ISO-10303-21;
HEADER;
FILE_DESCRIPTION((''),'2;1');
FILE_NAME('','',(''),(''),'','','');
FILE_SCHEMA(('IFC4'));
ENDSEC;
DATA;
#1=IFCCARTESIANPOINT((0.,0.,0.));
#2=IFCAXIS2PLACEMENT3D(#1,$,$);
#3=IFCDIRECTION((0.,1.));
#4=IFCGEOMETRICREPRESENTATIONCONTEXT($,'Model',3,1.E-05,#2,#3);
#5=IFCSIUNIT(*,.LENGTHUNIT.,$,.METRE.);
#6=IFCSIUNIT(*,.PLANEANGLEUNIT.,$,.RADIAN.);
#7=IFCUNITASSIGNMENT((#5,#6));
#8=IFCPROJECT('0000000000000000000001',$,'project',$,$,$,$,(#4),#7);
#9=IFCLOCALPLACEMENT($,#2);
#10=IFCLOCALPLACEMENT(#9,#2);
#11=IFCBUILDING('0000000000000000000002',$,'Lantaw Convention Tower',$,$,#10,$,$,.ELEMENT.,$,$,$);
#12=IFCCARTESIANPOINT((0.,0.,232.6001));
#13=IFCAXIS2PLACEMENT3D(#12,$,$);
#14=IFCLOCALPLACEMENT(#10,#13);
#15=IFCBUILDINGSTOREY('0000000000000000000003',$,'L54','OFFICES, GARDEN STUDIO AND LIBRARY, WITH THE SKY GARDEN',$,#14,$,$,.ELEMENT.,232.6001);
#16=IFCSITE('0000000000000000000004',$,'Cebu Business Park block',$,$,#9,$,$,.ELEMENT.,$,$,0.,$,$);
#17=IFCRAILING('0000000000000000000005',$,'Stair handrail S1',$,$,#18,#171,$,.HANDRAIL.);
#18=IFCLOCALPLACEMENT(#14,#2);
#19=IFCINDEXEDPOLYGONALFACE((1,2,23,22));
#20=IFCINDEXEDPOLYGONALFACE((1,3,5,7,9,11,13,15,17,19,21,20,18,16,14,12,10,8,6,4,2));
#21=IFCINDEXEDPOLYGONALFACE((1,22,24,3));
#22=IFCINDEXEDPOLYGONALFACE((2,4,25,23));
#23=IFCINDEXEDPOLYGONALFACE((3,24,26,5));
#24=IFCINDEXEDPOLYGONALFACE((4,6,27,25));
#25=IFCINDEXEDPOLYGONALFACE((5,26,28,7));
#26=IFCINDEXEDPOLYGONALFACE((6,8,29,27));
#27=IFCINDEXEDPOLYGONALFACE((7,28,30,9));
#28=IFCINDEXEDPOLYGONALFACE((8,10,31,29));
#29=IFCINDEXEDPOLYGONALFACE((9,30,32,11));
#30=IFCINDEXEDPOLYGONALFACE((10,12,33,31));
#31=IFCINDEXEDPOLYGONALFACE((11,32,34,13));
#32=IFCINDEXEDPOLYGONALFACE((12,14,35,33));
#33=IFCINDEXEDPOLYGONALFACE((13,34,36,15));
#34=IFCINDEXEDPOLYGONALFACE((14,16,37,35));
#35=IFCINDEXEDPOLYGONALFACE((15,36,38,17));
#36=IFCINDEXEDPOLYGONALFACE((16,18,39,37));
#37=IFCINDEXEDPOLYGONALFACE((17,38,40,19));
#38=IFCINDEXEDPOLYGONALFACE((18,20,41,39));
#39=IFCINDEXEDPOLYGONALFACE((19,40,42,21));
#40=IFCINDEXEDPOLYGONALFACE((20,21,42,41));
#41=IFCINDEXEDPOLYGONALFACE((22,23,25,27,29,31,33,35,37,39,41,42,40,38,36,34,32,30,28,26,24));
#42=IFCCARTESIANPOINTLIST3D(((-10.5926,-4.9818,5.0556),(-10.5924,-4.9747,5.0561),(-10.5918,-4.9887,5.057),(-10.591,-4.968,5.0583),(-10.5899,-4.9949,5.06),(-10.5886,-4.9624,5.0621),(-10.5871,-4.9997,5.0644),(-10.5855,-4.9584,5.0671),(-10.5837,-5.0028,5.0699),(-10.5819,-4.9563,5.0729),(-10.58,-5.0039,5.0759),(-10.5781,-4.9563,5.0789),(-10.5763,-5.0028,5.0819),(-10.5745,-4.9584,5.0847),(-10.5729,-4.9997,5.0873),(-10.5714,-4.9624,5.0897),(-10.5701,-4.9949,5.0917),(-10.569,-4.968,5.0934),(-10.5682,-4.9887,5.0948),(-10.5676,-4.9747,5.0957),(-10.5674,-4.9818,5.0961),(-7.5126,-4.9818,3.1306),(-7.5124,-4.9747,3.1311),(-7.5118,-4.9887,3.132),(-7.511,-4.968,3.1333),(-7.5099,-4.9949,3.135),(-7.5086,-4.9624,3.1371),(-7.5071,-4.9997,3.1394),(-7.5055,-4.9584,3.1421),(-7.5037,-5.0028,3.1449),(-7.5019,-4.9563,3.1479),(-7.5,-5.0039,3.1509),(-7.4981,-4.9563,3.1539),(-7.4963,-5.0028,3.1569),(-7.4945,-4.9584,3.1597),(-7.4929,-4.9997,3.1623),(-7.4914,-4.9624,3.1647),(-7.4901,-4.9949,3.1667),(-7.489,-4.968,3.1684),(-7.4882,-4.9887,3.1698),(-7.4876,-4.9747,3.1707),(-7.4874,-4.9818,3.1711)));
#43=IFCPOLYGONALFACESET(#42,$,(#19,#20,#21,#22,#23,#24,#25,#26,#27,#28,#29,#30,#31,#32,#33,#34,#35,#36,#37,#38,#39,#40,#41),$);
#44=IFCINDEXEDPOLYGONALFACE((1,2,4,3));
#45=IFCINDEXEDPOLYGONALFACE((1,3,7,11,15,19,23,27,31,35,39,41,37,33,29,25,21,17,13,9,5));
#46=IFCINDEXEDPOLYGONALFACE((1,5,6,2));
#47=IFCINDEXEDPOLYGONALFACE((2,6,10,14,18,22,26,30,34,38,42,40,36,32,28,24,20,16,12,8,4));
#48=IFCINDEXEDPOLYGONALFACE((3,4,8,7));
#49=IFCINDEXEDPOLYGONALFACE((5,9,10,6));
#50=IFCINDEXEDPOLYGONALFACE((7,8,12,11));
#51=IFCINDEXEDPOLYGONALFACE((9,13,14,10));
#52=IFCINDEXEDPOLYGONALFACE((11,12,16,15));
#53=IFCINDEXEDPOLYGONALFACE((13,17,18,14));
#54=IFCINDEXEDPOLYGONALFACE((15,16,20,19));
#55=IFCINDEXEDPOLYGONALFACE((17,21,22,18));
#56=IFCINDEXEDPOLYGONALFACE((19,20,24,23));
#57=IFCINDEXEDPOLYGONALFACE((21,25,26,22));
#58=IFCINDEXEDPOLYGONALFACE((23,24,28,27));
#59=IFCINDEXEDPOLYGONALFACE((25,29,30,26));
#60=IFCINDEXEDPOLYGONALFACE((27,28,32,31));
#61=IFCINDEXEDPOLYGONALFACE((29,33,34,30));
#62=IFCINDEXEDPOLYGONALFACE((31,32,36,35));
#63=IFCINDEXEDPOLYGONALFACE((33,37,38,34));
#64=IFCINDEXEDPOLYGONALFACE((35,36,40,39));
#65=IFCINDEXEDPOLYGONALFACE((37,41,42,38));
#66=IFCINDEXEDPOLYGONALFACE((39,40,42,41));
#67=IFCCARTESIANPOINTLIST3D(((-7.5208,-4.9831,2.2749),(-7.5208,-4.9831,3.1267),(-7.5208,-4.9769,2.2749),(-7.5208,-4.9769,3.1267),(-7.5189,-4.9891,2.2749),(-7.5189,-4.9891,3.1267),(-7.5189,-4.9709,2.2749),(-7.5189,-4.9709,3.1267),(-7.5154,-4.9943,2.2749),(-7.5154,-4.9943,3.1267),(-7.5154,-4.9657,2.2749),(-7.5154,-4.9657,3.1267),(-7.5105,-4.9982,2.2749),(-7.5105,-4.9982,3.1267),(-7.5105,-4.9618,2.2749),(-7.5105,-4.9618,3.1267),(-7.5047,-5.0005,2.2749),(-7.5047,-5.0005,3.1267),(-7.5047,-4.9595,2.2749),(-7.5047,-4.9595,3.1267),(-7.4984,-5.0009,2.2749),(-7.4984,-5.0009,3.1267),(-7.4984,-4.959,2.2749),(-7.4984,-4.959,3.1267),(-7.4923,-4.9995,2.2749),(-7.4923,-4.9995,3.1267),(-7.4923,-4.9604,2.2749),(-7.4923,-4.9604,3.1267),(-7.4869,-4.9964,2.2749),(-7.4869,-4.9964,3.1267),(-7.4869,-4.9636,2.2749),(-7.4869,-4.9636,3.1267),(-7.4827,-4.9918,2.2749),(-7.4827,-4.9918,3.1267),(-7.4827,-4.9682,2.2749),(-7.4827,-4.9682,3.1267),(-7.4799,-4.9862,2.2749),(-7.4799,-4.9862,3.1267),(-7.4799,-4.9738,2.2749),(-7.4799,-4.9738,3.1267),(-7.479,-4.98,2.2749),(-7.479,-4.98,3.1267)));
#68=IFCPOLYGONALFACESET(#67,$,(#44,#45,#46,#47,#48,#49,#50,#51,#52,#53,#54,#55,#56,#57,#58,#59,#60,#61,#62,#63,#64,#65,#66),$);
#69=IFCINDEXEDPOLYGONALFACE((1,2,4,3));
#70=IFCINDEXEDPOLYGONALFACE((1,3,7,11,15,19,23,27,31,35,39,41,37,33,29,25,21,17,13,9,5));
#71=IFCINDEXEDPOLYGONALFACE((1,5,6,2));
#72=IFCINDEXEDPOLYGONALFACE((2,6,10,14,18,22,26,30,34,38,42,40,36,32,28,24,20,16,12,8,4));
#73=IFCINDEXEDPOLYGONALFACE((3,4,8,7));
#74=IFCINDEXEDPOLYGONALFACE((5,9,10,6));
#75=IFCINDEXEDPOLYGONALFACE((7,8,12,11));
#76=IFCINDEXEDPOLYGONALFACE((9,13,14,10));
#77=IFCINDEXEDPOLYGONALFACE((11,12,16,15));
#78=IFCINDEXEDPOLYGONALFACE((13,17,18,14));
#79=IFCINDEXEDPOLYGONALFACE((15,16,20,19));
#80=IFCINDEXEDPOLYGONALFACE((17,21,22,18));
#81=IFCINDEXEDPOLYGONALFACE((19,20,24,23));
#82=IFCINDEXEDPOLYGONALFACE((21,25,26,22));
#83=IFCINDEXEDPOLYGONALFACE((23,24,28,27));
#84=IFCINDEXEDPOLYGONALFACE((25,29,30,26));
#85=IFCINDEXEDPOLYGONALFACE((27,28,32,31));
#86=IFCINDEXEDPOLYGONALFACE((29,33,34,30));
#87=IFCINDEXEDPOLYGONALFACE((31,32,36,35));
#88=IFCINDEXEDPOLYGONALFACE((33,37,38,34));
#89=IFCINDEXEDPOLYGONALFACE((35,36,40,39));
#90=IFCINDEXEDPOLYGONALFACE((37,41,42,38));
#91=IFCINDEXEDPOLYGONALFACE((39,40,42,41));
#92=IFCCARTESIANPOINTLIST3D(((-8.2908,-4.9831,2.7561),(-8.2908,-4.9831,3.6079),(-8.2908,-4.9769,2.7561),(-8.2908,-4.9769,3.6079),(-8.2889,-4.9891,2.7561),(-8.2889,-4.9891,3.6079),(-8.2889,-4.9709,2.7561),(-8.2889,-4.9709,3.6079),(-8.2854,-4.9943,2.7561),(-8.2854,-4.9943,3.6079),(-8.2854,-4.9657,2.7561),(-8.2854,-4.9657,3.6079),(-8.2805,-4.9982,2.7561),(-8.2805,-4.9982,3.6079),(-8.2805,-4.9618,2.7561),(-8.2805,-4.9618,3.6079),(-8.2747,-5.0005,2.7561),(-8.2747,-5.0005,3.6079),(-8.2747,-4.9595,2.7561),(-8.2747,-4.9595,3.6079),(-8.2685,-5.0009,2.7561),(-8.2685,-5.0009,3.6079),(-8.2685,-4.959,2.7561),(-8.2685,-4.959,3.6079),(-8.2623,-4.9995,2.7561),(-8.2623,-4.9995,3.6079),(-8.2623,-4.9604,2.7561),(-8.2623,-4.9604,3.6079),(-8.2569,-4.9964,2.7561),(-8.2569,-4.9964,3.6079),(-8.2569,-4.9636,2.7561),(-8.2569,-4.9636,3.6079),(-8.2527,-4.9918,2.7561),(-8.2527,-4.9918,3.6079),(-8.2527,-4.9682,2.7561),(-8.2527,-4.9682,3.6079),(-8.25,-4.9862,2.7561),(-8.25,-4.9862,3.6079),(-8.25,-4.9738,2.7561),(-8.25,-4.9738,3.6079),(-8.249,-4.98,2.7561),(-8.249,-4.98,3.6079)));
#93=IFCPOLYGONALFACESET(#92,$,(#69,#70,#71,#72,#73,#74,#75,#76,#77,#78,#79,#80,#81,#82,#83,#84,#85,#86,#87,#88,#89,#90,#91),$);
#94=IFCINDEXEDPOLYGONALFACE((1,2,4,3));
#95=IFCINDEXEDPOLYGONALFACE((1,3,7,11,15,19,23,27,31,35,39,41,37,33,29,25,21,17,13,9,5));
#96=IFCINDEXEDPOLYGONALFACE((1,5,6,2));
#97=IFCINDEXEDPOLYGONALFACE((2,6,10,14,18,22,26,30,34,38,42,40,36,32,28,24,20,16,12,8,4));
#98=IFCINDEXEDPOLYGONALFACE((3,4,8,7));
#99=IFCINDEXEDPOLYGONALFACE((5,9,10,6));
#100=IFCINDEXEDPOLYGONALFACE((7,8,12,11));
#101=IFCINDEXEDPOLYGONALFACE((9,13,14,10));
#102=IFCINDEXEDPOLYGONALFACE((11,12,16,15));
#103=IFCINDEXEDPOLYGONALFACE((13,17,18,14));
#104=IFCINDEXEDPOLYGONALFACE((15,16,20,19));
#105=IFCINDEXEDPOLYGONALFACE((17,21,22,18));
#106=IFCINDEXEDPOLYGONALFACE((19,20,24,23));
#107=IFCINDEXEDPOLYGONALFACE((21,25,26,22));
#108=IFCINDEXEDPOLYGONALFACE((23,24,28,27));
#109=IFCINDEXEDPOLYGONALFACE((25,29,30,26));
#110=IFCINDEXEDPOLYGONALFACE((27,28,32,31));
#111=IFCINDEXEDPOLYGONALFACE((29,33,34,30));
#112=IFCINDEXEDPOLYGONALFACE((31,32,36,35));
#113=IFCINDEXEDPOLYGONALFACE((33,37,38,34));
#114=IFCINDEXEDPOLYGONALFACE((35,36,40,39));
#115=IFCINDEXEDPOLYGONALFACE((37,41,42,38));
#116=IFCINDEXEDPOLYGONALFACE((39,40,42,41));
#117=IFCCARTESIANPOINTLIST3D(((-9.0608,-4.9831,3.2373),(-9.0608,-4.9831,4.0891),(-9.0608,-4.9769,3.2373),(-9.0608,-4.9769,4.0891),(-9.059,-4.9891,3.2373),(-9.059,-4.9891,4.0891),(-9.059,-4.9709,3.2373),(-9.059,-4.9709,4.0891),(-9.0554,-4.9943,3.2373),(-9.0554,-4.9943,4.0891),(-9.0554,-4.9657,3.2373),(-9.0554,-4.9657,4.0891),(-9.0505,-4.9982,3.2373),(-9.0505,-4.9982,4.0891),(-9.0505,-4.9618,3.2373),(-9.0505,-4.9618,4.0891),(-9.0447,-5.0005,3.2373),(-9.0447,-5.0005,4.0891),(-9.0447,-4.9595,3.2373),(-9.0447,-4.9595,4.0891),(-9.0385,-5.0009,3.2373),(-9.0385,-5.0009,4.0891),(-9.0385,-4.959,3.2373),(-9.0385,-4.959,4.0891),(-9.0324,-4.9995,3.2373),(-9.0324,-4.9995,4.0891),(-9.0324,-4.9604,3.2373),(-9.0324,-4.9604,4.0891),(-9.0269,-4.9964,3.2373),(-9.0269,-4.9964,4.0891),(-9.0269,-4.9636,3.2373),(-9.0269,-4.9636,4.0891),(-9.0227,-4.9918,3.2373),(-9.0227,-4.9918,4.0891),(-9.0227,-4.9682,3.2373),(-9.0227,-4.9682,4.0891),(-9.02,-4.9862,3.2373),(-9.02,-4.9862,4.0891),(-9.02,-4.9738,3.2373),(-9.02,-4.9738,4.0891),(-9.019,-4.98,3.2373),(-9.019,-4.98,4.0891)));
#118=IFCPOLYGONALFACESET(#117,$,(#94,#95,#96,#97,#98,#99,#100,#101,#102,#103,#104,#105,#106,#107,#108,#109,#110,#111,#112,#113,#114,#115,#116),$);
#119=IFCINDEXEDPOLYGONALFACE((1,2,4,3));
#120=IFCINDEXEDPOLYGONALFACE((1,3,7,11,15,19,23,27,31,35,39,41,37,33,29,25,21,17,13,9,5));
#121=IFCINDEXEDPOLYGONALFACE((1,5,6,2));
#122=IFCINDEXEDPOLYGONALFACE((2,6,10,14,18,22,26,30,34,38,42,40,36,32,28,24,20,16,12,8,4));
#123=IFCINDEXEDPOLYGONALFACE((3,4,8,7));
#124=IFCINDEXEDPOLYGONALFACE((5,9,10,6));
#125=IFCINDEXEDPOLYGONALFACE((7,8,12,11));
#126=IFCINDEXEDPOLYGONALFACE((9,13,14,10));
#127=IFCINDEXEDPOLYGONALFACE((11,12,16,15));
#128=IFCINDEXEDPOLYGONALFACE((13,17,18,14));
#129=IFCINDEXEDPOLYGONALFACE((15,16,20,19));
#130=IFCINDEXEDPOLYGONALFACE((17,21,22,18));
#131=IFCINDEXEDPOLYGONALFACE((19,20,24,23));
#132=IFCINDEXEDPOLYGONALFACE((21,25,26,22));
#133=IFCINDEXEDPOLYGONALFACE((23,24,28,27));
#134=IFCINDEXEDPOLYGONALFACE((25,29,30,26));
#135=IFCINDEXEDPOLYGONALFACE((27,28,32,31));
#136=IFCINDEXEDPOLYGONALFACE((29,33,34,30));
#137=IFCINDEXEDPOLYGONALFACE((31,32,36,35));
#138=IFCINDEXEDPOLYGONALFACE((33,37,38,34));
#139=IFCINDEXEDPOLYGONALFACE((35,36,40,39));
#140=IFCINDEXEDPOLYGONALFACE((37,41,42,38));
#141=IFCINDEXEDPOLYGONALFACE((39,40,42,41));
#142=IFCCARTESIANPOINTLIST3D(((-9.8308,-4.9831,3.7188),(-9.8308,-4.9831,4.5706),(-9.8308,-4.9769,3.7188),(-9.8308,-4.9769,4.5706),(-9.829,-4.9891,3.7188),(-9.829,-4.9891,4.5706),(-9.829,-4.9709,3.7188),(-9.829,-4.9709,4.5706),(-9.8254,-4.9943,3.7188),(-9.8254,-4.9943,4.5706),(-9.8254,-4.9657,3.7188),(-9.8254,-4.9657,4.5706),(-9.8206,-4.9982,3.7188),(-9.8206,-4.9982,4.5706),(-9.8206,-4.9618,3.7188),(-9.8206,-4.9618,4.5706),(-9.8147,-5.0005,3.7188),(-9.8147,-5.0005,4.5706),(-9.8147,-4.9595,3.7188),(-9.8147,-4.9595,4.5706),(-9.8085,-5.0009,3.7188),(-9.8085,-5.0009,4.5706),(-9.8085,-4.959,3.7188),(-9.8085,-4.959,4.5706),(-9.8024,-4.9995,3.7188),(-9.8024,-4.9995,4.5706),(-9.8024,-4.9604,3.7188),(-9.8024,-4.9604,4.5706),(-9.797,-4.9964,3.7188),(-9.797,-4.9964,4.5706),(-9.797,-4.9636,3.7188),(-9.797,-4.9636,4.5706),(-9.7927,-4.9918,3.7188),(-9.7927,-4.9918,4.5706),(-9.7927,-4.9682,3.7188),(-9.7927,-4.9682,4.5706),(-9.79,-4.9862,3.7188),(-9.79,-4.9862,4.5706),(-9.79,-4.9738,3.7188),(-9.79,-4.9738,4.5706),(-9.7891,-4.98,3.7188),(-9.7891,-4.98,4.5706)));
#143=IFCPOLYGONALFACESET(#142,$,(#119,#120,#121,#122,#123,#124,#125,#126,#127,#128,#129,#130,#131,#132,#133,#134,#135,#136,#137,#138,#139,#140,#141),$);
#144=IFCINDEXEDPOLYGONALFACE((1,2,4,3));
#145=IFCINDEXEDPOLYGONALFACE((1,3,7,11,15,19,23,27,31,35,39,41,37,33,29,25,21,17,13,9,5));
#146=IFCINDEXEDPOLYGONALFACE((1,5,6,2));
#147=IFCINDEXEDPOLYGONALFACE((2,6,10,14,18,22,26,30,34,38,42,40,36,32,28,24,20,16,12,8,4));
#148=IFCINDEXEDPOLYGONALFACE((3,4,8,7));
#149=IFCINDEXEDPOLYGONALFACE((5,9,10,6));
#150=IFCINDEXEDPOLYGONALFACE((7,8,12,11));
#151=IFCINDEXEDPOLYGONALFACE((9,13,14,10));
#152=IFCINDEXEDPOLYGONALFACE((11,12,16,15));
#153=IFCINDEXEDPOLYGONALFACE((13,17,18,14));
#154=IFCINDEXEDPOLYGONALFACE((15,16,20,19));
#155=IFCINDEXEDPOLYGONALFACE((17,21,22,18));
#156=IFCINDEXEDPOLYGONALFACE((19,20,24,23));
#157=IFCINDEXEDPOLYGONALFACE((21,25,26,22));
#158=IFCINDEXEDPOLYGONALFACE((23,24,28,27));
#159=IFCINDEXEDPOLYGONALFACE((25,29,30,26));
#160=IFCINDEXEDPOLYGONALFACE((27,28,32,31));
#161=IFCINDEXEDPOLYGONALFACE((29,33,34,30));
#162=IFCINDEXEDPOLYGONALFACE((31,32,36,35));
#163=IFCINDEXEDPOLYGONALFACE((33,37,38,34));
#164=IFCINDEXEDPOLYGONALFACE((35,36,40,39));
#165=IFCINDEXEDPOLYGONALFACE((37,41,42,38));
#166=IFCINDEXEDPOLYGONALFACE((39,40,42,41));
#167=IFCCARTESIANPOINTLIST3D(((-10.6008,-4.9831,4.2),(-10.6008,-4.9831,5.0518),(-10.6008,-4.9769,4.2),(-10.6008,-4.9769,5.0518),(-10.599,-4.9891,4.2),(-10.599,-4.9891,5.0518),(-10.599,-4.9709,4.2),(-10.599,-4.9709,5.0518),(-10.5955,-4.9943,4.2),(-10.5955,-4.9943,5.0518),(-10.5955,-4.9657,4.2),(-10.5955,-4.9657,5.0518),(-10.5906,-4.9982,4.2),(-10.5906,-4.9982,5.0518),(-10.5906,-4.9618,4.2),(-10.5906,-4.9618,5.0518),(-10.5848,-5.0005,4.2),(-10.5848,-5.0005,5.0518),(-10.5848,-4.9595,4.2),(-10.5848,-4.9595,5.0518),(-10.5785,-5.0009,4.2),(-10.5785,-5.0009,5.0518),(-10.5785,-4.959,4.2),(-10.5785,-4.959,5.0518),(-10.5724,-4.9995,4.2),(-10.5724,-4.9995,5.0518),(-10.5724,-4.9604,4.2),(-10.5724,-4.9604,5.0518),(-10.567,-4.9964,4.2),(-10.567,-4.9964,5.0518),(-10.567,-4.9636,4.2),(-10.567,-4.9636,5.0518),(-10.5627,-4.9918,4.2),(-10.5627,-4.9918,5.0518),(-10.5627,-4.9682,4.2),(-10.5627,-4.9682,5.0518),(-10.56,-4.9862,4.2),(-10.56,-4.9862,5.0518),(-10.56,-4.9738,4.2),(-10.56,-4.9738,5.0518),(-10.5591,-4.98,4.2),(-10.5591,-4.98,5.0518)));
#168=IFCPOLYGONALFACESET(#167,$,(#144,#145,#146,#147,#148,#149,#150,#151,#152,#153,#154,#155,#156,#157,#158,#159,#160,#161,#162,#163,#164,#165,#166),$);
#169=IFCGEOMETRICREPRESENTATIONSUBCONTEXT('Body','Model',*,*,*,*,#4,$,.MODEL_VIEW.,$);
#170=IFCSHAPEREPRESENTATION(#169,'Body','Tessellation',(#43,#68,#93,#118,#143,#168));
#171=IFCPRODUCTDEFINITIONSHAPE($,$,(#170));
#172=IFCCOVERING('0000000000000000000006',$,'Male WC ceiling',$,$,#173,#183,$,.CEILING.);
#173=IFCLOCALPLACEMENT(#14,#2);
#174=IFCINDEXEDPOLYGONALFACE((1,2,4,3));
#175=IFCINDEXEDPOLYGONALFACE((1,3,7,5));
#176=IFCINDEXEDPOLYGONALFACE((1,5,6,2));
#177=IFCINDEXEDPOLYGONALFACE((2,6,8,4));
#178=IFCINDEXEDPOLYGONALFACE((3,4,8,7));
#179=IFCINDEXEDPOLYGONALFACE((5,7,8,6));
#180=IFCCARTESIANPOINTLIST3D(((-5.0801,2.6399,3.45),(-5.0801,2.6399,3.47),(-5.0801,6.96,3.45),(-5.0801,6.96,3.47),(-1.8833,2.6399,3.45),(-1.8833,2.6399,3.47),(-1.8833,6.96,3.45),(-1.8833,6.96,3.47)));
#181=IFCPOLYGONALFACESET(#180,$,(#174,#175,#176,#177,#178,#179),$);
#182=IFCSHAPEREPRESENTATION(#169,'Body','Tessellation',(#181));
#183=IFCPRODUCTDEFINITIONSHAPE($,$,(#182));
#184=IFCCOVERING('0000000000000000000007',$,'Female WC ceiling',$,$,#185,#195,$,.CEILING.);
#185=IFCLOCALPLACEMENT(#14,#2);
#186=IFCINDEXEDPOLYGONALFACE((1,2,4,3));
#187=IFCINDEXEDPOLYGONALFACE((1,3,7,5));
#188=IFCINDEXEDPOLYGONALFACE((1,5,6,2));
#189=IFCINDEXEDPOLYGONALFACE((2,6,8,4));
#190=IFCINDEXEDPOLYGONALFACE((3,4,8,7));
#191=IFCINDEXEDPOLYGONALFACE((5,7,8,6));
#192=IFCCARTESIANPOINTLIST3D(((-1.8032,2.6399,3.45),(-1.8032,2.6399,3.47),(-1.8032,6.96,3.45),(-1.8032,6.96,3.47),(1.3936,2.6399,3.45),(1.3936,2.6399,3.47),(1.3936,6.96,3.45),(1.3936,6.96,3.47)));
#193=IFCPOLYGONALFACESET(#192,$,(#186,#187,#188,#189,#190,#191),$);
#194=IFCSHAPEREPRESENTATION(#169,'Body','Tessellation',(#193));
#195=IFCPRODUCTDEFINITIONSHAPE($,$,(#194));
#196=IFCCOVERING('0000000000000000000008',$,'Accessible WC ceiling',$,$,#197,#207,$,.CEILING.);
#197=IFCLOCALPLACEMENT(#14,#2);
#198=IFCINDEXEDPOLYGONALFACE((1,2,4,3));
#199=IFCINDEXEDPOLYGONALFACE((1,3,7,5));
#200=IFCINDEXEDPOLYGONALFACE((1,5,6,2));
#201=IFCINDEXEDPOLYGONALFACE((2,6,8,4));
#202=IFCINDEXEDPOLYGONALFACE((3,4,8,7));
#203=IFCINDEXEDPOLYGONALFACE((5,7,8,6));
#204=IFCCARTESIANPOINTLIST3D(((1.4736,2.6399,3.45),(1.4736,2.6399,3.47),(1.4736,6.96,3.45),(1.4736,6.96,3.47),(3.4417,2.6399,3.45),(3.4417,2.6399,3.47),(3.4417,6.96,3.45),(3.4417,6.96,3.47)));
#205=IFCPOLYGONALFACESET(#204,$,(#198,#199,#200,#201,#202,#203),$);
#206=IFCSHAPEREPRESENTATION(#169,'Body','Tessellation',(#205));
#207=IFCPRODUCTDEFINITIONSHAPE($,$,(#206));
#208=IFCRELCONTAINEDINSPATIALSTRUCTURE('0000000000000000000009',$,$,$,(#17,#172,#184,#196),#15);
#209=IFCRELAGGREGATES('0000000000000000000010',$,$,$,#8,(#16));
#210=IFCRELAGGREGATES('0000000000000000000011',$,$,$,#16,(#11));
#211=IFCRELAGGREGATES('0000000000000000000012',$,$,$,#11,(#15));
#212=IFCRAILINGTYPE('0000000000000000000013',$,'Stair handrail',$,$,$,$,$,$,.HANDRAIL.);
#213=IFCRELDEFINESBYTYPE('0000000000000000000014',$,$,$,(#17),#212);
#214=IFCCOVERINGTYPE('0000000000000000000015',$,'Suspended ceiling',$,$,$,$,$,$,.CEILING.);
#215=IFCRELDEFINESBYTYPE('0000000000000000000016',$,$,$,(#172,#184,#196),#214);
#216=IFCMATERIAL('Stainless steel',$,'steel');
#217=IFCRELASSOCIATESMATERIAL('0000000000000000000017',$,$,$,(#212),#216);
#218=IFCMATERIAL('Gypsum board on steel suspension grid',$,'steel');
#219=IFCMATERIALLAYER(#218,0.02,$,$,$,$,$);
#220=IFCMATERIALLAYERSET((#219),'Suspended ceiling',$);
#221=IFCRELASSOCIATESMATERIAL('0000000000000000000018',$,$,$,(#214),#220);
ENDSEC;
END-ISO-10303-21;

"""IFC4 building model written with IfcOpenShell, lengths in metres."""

from ifc_helpers import new_model, si_unit, direction, frame, origin, origin_2d, place, context, subcontext, project, spatial, polyline, circle, outline, extrude, material, layer, layer_set, type_object, element, save


model = new_model("IFC4")

# Units and contexts
model_context = context("Model", 3, precision=1e-05, world=origin(), true_north=direction((0.0, 1.0)))
body_context = subcontext(model_context, "Body", "Model", "MODEL_VIEW")
ifc_project = project(units=[si_unit("LENGTHUNIT", "METRE"), si_unit("PLANEANGLEUNIT", "RADIAN")], contexts=[model_context])

# Site, building, storey
site_placement = place(None, origin())
site = spatial("IfcSite", under=ifc_project, at=site_placement, Name="Cebu Business Park block", CompositionType="ELEMENT", RefElevation=0.0)
building_placement = place(site_placement, origin())
building = spatial("IfcBuilding", under=site, at=building_placement, Name="Lantaw Convention Tower", CompositionType="ELEMENT")
storey_placement = place(building_placement, frame((0.0, 0.0, 232.6001)))
storey = spatial("IfcBuildingStorey", under=building, at=storey_placement, Name="L54", Description="OFFICES, GARDEN STUDIO AND LIBRARY, WITH THE SKY GARDEN", CompositionType="ELEMENT", Elevation=232.6001)

# Shared definitions
ifc_material_1 = material(Name="Stainless steel", Category="steel")

# Railing
railing_type = type_object("IfcRailingType", Name="Stair handrail", PredefinedType="HANDRAIL", material=ifc_material_1)
railing_1_placement = place(storey_placement, frame((-7.5, -4.98, 2.2749)))
element("IfcRailing", 1, at=railing_1_placement, inside=storey, type_object=railing_type, Name="Stair handrail S1", PredefinedType="HANDRAIL", context=body_context, shape_type="SweptSolid", body=[
    extrude(circle(Radius=0.0239, at=origin_2d()), frame((0.0, 0.0, 0.876), z_axis=(-0.847998, 0.0, 0.529999), x_axis=(0.0, -1.0, 0.0)), (0.0, 0.0, 1.0), 3.6321),
    extrude(circle(Radius=0.021, at=origin_2d()), origin(), (0.0, 0.0, 1.0), 0.8518),
    extrude(circle(Radius=0.021, at=origin_2d()), frame((-0.77, 0.0, 0.4812)), (0.0, 0.0, 1.0), 0.8518),
    extrude(circle(Radius=0.021, at=origin_2d()), frame((-1.54, 0.0, 0.9624)), (0.0, 0.0, 1.0), 0.8518),
    extrude(circle(Radius=0.021, at=origin_2d()), frame((-2.3101, 0.0, 1.4438)), (0.0, 0.0, 1.0), 0.8518),
    extrude(circle(Radius=0.021, at=origin_2d()), frame((-3.0801, 0.0, 1.925)), (0.0, 0.0, 1.0), 0.8518),
])

# Coverings
ifc_material_2 = material(Name="Gypsum board on steel suspension grid", Category="steel")
ifc_layer_1 = layer(ifc_material_2, 0.02)
ifc_layer_set_1 = layer_set([ifc_layer_1], Name="Suspended ceiling")
covering_type = type_object("IfcCoveringType", Name="Suspended ceiling", PredefinedType="CEILING", material=ifc_layer_set_1)
covering_1_placement = place(storey_placement, frame((0.0, 0.0, 3.45)))
element("IfcCovering", 2, at=covering_1_placement, inside=storey, type_object=covering_type, Name="Male WC ceiling", PredefinedType="CEILING", context=body_context, shape_type="SweptSolid", body=[
    extrude(outline(polyline([(-5.0801, 2.6399), (-1.8833, 2.6399), (-1.8833, 6.96), (-5.0801, 6.96), (-5.0801, 2.6399)])), origin(), (0.0, 0.0, 1.0), 0.02),
])
covering_2_placement = place(storey_placement, frame((0.0, 0.0, 3.45)))
element("IfcCovering", 3, at=covering_2_placement, inside=storey, type_object=covering_type, Name="Female WC ceiling", PredefinedType="CEILING", context=body_context, shape_type="SweptSolid", body=[
    extrude(outline(polyline([(-1.8032, 2.6399), (1.3936, 2.6399), (1.3936, 6.96), (-1.8032, 6.96), (-1.8032, 2.6399)])), origin(), (0.0, 0.0, 1.0), 0.02),
])
covering_3_placement = place(storey_placement, frame((0.0, 0.0, 3.45)))
element("IfcCovering", 4, at=covering_3_placement, inside=storey, type_object=covering_type, Name="Accessible WC ceiling", PredefinedType="CEILING", context=body_context, shape_type="SweptSolid", body=[
    extrude(outline(polyline([(1.4736, 2.6399), (3.4417, 2.6399), (3.4417, 6.96), (1.4736, 6.96), (1.4736, 2.6399)])), origin(), (0.0, 0.0, 1.0), 0.02),
])

save(model, "model.ifc")
